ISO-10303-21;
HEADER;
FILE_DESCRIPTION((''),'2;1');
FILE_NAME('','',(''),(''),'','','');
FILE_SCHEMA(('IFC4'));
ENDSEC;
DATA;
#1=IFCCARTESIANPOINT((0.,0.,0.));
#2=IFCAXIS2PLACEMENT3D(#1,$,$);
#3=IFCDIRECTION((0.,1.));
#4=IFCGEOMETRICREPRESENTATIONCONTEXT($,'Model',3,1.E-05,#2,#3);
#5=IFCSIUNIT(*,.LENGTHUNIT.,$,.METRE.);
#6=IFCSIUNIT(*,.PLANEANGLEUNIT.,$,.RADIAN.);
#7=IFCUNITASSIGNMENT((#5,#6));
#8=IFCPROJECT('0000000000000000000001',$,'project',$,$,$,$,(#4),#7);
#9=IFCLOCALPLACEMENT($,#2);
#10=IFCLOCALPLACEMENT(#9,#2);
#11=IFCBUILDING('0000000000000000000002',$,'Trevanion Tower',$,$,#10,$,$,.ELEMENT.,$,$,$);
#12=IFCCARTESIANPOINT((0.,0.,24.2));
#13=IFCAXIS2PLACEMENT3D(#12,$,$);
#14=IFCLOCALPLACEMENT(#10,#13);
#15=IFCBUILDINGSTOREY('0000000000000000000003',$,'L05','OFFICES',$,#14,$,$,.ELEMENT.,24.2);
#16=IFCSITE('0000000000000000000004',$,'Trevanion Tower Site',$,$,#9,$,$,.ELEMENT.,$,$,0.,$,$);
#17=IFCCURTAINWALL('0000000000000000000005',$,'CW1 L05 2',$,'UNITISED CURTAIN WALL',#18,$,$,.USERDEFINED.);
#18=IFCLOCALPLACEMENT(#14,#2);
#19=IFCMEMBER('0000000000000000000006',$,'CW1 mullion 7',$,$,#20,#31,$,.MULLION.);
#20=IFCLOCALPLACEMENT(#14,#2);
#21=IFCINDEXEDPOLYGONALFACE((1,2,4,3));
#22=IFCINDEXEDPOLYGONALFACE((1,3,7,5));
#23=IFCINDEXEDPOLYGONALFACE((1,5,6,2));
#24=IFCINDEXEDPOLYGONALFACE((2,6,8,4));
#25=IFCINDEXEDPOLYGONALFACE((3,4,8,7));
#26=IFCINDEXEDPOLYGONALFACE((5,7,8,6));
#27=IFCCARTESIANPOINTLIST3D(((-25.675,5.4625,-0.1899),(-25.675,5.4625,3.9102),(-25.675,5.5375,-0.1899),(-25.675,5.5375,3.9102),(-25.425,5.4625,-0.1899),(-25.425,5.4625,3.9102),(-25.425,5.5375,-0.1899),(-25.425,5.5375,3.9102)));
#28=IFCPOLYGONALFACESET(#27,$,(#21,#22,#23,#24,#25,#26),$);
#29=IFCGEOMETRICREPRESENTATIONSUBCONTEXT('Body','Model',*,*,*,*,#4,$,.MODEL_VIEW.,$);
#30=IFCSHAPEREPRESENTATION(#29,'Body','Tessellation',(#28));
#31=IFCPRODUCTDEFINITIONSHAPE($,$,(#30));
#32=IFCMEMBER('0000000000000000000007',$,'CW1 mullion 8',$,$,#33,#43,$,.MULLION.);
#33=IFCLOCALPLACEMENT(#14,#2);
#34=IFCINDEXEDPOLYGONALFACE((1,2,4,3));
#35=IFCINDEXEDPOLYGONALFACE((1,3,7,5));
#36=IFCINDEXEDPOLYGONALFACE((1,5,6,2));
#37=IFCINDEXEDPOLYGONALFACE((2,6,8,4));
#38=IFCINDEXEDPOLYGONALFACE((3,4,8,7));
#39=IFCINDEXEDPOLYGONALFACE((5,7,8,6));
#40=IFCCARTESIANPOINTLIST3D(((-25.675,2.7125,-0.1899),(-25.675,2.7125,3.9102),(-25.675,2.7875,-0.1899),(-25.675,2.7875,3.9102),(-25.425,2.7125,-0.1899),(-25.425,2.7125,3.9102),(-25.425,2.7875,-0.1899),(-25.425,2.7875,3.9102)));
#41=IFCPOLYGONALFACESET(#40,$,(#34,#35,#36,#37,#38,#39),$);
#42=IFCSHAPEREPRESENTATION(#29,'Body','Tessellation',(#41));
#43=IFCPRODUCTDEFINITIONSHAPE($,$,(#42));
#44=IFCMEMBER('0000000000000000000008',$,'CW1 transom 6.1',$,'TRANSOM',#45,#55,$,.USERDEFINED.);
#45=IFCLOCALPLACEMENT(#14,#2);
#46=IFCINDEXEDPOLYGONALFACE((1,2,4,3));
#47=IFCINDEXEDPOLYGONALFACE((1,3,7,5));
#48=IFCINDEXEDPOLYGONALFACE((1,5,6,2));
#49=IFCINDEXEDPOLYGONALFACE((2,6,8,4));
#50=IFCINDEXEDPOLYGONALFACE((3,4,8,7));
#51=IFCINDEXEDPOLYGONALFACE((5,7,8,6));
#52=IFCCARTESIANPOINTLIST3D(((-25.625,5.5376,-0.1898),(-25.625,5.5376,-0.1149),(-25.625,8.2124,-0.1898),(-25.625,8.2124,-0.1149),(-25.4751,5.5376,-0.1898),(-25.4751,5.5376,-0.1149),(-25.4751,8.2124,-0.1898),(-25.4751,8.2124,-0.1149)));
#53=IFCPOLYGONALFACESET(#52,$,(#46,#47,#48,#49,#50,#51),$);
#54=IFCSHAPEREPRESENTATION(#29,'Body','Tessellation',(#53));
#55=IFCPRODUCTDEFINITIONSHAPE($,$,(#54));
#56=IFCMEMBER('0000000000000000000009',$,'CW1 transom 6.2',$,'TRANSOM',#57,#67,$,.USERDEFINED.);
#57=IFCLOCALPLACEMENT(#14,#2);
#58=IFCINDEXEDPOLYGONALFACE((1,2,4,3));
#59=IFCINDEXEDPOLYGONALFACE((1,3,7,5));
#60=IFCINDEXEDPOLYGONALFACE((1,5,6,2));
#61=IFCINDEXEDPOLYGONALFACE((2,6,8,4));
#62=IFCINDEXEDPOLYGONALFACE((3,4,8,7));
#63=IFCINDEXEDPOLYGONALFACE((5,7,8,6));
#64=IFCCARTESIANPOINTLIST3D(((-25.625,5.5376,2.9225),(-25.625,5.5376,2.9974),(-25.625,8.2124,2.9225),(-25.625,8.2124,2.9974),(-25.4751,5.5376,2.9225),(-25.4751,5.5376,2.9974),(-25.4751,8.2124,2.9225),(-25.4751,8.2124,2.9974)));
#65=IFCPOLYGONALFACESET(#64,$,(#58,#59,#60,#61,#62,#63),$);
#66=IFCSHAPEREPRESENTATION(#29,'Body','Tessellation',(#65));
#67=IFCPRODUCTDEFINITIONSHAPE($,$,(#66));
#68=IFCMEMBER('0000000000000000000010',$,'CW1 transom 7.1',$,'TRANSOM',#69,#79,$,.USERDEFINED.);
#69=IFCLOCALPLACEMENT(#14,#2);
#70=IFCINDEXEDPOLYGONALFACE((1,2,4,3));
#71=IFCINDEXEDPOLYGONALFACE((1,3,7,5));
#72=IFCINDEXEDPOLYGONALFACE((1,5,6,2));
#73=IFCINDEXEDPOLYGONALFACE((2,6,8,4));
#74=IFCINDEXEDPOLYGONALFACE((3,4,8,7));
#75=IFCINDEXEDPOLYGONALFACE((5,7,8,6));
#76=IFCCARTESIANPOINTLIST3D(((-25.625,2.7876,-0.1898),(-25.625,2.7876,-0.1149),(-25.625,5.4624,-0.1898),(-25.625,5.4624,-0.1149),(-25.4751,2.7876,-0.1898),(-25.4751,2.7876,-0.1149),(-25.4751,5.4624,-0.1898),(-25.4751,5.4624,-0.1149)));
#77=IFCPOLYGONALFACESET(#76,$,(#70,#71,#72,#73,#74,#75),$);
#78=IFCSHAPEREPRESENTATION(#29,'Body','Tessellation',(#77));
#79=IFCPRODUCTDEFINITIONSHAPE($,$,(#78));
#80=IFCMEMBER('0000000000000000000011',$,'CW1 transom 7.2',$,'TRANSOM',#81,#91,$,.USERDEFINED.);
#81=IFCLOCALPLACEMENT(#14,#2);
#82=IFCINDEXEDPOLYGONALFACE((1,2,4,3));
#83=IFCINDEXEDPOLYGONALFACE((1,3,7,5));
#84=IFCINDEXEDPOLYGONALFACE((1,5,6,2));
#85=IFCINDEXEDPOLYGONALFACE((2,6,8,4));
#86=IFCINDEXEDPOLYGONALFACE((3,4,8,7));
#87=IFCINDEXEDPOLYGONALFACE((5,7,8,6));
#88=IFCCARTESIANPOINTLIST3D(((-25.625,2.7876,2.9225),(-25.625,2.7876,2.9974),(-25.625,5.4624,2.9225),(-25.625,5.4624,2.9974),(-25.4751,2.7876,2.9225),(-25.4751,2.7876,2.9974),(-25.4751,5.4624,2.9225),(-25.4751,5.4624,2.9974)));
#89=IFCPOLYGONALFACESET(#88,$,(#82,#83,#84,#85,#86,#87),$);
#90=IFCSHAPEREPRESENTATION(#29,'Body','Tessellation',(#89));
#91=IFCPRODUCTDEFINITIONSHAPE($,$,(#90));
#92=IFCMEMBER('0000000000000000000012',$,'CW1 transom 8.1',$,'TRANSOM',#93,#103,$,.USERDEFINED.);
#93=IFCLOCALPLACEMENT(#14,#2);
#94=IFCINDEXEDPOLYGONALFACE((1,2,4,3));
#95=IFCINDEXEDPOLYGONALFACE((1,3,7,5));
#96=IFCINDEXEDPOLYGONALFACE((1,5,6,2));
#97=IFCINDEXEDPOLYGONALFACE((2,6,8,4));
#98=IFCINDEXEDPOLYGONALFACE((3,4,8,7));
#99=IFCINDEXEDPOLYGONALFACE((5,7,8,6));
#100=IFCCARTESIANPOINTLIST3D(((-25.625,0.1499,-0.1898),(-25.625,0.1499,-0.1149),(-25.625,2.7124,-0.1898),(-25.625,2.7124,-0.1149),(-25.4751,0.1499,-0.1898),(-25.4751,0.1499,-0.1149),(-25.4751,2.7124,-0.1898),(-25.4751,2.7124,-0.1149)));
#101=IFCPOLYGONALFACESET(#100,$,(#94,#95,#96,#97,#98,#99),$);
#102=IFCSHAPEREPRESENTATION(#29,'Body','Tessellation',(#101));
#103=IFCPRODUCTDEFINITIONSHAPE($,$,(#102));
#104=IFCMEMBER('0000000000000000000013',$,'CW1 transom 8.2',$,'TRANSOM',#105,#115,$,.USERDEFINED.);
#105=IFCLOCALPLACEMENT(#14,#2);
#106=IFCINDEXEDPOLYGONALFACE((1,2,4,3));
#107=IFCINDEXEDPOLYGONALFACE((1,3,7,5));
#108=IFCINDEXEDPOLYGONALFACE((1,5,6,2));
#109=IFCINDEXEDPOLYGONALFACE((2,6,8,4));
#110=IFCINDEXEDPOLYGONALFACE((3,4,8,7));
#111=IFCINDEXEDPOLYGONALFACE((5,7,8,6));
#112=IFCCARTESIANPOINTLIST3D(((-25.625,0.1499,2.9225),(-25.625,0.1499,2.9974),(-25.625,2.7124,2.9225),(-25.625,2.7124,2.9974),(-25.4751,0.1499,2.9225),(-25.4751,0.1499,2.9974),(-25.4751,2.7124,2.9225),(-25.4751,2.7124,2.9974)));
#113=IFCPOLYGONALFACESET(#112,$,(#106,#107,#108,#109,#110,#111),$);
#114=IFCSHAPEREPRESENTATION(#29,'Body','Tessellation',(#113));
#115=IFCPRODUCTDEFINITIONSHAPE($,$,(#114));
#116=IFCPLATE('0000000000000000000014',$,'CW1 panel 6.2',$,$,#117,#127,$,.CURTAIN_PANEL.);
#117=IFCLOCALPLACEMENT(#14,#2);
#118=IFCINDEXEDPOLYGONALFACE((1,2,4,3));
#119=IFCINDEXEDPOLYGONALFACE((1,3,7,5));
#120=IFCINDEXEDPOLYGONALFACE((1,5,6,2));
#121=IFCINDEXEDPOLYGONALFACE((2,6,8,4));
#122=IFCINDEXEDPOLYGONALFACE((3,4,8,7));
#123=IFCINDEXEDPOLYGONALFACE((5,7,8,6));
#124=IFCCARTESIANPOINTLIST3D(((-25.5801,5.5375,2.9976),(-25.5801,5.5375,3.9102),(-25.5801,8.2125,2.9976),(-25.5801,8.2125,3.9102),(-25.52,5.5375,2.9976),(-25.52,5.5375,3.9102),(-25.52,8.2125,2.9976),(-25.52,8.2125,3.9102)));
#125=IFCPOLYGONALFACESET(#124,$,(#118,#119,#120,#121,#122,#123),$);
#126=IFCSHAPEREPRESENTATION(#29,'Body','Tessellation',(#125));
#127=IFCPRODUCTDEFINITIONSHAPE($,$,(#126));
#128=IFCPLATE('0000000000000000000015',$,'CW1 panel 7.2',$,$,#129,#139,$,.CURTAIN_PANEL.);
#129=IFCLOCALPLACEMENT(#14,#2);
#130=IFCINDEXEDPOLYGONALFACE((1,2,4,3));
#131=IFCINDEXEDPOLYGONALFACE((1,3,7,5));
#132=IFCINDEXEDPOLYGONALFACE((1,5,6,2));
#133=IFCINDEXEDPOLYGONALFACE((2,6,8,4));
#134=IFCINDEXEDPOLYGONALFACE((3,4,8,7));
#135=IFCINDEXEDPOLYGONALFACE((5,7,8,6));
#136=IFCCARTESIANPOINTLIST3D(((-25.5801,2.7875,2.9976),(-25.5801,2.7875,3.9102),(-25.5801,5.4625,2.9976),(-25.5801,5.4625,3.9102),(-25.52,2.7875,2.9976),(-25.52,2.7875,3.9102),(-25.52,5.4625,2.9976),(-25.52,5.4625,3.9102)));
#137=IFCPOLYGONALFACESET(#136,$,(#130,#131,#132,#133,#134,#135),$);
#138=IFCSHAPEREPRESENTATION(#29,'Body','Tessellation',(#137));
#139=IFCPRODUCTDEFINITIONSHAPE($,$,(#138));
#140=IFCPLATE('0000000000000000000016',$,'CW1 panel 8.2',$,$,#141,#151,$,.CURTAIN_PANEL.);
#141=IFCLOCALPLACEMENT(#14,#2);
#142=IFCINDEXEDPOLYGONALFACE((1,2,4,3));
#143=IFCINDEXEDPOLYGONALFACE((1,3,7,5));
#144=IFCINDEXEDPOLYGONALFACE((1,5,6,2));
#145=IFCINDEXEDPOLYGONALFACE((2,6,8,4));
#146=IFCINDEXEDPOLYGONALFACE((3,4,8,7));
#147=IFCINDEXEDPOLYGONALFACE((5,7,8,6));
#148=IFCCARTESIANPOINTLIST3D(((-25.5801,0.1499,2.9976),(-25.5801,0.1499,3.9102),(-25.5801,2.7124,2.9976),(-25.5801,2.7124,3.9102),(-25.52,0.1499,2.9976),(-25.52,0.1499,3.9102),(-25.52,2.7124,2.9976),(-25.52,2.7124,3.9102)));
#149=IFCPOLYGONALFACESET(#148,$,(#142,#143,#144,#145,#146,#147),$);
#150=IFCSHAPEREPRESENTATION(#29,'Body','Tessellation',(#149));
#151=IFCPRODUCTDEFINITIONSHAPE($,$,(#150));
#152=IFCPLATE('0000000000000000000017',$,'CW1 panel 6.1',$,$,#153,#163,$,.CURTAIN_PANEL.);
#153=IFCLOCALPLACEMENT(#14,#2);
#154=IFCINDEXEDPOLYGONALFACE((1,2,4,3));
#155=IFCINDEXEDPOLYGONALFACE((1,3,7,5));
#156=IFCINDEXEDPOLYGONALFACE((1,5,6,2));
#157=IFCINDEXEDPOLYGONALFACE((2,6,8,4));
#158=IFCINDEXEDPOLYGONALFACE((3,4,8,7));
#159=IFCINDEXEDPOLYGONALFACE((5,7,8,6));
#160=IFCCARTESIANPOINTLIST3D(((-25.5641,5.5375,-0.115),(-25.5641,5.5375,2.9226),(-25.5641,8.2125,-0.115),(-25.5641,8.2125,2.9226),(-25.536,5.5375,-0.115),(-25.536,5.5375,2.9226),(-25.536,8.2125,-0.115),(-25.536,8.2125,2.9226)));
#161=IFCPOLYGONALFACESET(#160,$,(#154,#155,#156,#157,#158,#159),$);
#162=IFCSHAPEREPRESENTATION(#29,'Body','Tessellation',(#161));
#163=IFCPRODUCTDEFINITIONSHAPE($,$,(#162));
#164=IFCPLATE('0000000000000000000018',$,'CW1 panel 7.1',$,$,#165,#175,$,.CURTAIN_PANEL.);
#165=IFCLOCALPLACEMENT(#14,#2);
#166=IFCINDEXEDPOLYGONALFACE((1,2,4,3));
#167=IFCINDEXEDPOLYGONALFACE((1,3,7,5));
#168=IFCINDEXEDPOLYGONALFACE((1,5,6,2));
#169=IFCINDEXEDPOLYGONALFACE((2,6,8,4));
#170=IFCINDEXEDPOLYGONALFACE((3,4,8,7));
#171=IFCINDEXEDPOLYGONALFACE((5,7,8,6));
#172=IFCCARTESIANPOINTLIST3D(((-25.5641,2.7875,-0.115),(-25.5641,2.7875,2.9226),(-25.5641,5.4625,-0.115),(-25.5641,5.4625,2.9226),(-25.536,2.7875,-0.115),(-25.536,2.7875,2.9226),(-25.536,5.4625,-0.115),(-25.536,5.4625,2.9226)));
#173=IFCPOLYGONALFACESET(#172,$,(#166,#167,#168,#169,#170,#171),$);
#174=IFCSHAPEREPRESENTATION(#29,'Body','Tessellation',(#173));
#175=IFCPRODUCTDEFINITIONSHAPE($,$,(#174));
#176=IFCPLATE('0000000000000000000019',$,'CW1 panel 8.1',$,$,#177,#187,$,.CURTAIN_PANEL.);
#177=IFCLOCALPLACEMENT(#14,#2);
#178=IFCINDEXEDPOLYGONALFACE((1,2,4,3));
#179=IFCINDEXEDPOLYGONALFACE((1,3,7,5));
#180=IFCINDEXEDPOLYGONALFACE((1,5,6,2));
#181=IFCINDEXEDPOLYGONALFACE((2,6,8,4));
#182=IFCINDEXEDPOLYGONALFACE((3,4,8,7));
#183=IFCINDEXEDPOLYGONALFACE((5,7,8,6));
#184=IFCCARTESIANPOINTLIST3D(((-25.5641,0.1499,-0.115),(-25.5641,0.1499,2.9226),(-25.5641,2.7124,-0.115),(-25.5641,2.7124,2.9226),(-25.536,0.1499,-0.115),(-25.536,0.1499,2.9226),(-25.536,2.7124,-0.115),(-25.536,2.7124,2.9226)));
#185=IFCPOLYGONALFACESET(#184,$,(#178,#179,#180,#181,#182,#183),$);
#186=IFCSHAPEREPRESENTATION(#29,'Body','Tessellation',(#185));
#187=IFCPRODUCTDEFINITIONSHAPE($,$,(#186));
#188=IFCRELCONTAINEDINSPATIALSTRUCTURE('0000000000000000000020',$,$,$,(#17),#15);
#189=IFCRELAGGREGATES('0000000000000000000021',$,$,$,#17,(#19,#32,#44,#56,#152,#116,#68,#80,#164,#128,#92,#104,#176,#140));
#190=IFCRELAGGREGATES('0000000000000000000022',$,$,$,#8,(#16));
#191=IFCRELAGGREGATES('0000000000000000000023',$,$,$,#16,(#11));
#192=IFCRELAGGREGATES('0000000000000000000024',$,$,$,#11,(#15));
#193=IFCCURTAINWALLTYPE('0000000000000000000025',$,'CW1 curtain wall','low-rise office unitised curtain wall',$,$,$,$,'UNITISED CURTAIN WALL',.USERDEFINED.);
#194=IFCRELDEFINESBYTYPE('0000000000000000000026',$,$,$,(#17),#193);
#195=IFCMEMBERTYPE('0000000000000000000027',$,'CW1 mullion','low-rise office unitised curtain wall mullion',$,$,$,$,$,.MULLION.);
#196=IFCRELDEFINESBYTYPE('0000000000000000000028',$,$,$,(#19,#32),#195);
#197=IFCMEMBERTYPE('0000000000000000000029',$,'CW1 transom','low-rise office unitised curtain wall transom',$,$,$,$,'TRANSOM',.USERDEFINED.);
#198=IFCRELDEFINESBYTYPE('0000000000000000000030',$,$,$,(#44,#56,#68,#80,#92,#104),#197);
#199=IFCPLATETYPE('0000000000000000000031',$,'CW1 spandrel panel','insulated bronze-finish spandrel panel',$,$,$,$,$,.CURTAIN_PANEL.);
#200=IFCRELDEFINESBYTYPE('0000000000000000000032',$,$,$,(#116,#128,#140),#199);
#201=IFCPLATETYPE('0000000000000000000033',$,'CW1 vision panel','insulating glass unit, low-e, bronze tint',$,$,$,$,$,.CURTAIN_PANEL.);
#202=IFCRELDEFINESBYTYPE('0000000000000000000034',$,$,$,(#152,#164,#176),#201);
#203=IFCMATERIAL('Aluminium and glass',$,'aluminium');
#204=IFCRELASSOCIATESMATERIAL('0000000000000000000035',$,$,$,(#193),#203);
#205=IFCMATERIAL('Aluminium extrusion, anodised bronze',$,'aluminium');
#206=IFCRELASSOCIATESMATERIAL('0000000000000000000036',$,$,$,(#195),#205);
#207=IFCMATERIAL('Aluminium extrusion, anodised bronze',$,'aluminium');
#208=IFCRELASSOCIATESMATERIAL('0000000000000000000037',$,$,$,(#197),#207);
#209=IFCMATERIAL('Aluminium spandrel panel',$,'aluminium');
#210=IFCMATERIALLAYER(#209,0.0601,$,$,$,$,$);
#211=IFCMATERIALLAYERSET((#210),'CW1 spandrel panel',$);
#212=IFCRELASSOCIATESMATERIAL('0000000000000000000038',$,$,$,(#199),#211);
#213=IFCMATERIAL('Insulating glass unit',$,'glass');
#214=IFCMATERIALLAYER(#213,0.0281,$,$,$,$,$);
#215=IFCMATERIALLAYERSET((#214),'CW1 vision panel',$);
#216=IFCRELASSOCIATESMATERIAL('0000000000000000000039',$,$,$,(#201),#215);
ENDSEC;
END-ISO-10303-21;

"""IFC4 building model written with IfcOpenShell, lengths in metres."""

from ifc_helpers import new_model, si_unit, direction, frame, origin, origin_2d, place, context, subcontext, project, spatial, rectangle, extrude, material, layer, layer_set, material_profile, profile_set, type_object, element, aggregate, save


model = new_model("IFC4")

# Units and contexts
model_context = context("Model", 3, precision=1e-05, world=origin(), true_north=direction((0.0, 1.0)))
body_context = subcontext(model_context, "Body", "Model", "MODEL_VIEW")
ifc_project = project(units=[si_unit("LENGTHUNIT", "METRE"), si_unit("PLANEANGLEUNIT", "RADIAN")], contexts=[model_context])

# Site, building, storey
site_placement = place(None, origin())
site = spatial("IfcSite", under=ifc_project, at=site_placement, Name="Trevanion Tower Site", CompositionType="ELEMENT", RefElevation=0.0)
building_placement = place(site_placement, origin())
building = spatial("IfcBuilding", under=site, at=building_placement, Name="Trevanion Tower", CompositionType="ELEMENT")
storey_placement = place(building_placement, frame((0.0, 0.0, 24.2)))
storey = spatial("IfcBuildingStorey", under=building, at=storey_placement, Name="L05", Description="OFFICES", CompositionType="ELEMENT", Elevation=24.2)

# Curtain wall, members, plates
ifc_material_1 = material(Name="Aluminium and glass", Category="aluminium")
curtain_wall_type = type_object("IfcCurtainWallType", Name="CW1 curtain wall", Description="low-rise office unitised curtain wall", ElementType="UNITISED CURTAIN WALL", PredefinedType="USERDEFINED", material=ifc_material_1)
curtain_wall_placement = place(storey_placement, origin())
curtain_wall = element("IfcCurtainWall", 1, at=curtain_wall_placement, inside=storey, type_object=curtain_wall_type, Name="CW1 L05 2", ObjectType="UNITISED CURTAIN WALL", PredefinedType="USERDEFINED")
ifc_material_2 = material(Name="Aluminium extrusion, anodised bronze", Category="aluminium")
ifc_material_profile_1 = material_profile(ifc_material_2, rectangle(XDim=0.075, YDim=0.25, at=origin_2d()), Name="CW1 mullion")
ifc_profile_set_1 = profile_set([ifc_material_profile_1], Name="Aluminium extrusion, anodised bronze")
member_type_1 = type_object("IfcMemberType", Name="CW1 mullion", Description="low-rise office unitised curtain wall mullion", PredefinedType="MULLION", material=ifc_profile_set_1)
member_1_placement = place(storey_placement, frame((-25.55, 5.5, -0.1899), z_axis=(0.0, 0.0, 1.0), x_axis=(0.0, -1.0, 0.0)))
member_1 = element("IfcMember", 2, at=member_1_placement, type_object=member_type_1, Name="CW1 mullion 7", PredefinedType="MULLION", context=body_context, shape_type="SweptSolid", body=[
    extrude(rectangle(XDim=0.075, YDim=0.25, at=origin_2d()), origin(), (0.0, 0.0, 1.0), 4.1001),
])
member_2_placement = place(storey_placement, frame((-25.55, 2.75, -0.1899), z_axis=(0.0, 0.0, 1.0), x_axis=(0.0, -1.0, 0.0)))
member_2 = element("IfcMember", 3, at=member_2_placement, type_object=member_type_1, Name="CW1 mullion 8", PredefinedType="MULLION", context=body_context, shape_type="SweptSolid", body=[
    extrude(rectangle(XDim=0.075, YDim=0.25, at=origin_2d()), origin(), (0.0, 0.0, 1.0), 4.1001),
])
ifc_material_3 = material(Name="Aluminium extrusion, anodised bronze", Category="aluminium")
ifc_material_profile_2 = material_profile(ifc_material_3, rectangle(XDim=0.1499, YDim=0.075, at=origin_2d()), Name="CW1 transom")
ifc_profile_set_2 = profile_set([ifc_material_profile_2], Name="Aluminium extrusion, anodised bronze")
member_type_2 = type_object("IfcMemberType", Name="CW1 transom", Description="low-rise office unitised curtain wall transom", ElementType="TRANSOM", PredefinedType="USERDEFINED", material=ifc_profile_set_2)
member_3_placement = place(storey_placement, frame((-25.55, 8.2124, -0.1523), z_axis=(0.0, -1.0, 0.0), x_axis=(1.0, 0.0, 0.0)))
member_3 = element("IfcMember", 4, at=member_3_placement, type_object=member_type_2, Name="CW1 transom 6.1", ObjectType="TRANSOM", PredefinedType="USERDEFINED", context=body_context, shape_type="SweptSolid", body=[
    extrude(rectangle(XDim=0.1499, YDim=0.075, at=origin_2d()), origin(), (0.0, 0.0, 1.0), 2.6748),
])
member_4_placement = place(storey_placement, frame((-25.55, 8.2124, 2.96), z_axis=(0.0, -1.0, 0.0), x_axis=(1.0, 0.0, 0.0)))
member_4 = element("IfcMember", 5, at=member_4_placement, type_object=member_type_2, Name="CW1 transom 6.2", ObjectType="TRANSOM", PredefinedType="USERDEFINED", context=body_context, shape_type="SweptSolid", body=[
    extrude(rectangle(XDim=0.1499, YDim=0.075, at=origin_2d()), origin(), (0.0, 0.0, 1.0), 2.6748),
])
member_5_placement = place(storey_placement, frame((-25.55, 5.4624, -0.1523), z_axis=(0.0, -1.0, 0.0), x_axis=(1.0, 0.0, 0.0)))
member_5 = element("IfcMember", 6, at=member_5_placement, type_object=member_type_2, Name="CW1 transom 7.1", ObjectType="TRANSOM", PredefinedType="USERDEFINED", context=body_context, shape_type="SweptSolid", body=[
    extrude(rectangle(XDim=0.1499, YDim=0.075, at=origin_2d()), origin(), (0.0, 0.0, 1.0), 2.6748),
])
member_6_placement = place(storey_placement, frame((-25.55, 5.4624, 2.96), z_axis=(0.0, -1.0, 0.0), x_axis=(1.0, 0.0, 0.0)))
member_6 = element("IfcMember", 7, at=member_6_placement, type_object=member_type_2, Name="CW1 transom 7.2", ObjectType="TRANSOM", PredefinedType="USERDEFINED", context=body_context, shape_type="SweptSolid", body=[
    extrude(rectangle(XDim=0.1499, YDim=0.075, at=origin_2d()), origin(), (0.0, 0.0, 1.0), 2.6748),
])
member_7_placement = place(storey_placement, frame((-25.55, 2.7124, -0.1523), z_axis=(0.0, -1.0, 0.0), x_axis=(1.0, 0.0, 0.0)))
member_7 = element("IfcMember", 8, at=member_7_placement, type_object=member_type_2, Name="CW1 transom 8.1", ObjectType="TRANSOM", PredefinedType="USERDEFINED", context=body_context, shape_type="SweptSolid", body=[
    extrude(rectangle(XDim=0.1499, YDim=0.075, at=origin_2d()), origin(), (0.0, 0.0, 1.0), 2.5625),
])
member_8_placement = place(storey_placement, frame((-25.55, 2.7124, 2.96), z_axis=(0.0, -1.0, 0.0), x_axis=(1.0, 0.0, 0.0)))
member_8 = element("IfcMember", 9, at=member_8_placement, type_object=member_type_2, Name="CW1 transom 8.2", ObjectType="TRANSOM", PredefinedType="USERDEFINED", context=body_context, shape_type="SweptSolid", body=[
    extrude(rectangle(XDim=0.1499, YDim=0.075, at=origin_2d()), origin(), (0.0, 0.0, 1.0), 2.5625),
])
ifc_material_4 = material(Name="Aluminium spandrel panel", Category="aluminium")
ifc_layer_1 = layer(ifc_material_4, 0.0601)
ifc_layer_set_1 = layer_set([ifc_layer_1], Name="CW1 spandrel panel")
plate_type_1 = type_object("IfcPlateType", Name="CW1 spandrel panel", Description="insulated bronze-finish spandrel panel", PredefinedType="CURTAIN_PANEL", material=ifc_layer_set_1)
plate_1_placement = place(storey_placement, frame((-25.55, 6.875, 2.9976), z_axis=(0.0, 0.0, 1.0), x_axis=(0.0, -1.0, 0.0)))
plate_1 = element("IfcPlate", 10, at=plate_1_placement, type_object=plate_type_1, Name="CW1 panel 6.2", PredefinedType="CURTAIN_PANEL", context=body_context, shape_type="SweptSolid", body=[
    extrude(rectangle(XDim=2.675, YDim=0.0601, at=origin_2d()), origin(), (0.0, 0.0, 1.0), 0.9126),
])
plate_2_placement = place(storey_placement, frame((-25.55, 4.125, 2.9976), z_axis=(0.0, 0.0, 1.0), x_axis=(0.0, -1.0, 0.0)))
plate_2 = element("IfcPlate", 11, at=plate_2_placement, type_object=plate_type_1, Name="CW1 panel 7.2", PredefinedType="CURTAIN_PANEL", context=body_context, shape_type="SweptSolid", body=[
    extrude(rectangle(XDim=2.675, YDim=0.0601, at=origin_2d()), origin(), (0.0, 0.0, 1.0), 0.9126),
])
plate_3_placement = place(storey_placement, frame((-25.55, 1.4312, 2.9976), z_axis=(0.0, 0.0, 1.0), x_axis=(0.0, -1.0, 0.0)))
plate_3 = element("IfcPlate", 12, at=plate_3_placement, type_object=plate_type_1, Name="CW1 panel 8.2", PredefinedType="CURTAIN_PANEL", context=body_context, shape_type="SweptSolid", body=[
    extrude(rectangle(XDim=2.5625, YDim=0.0601, at=origin_2d()), origin(), (0.0, 0.0, 1.0), 0.9126),
])
ifc_material_5 = material(Name="Insulating glass unit", Category="glass")
ifc_layer_2 = layer(ifc_material_5, 0.0281)
ifc_layer_set_2 = layer_set([ifc_layer_2], Name="CW1 vision panel")
plate_type_2 = type_object("IfcPlateType", Name="CW1 vision panel", Description="insulating glass unit, low-e, bronze tint", PredefinedType="CURTAIN_PANEL", material=ifc_layer_set_2)
plate_4_placement = place(storey_placement, frame((-25.55, 6.875, -0.115), z_axis=(0.0, 0.0, 1.0), x_axis=(0.0, -1.0, 0.0)))
plate_4 = element("IfcPlate", 13, at=plate_4_placement, type_object=plate_type_2, Name="CW1 panel 6.1", PredefinedType="CURTAIN_PANEL", context=body_context, shape_type="SweptSolid", body=[
    extrude(rectangle(XDim=2.675, YDim=0.0281, at=origin_2d()), origin(), (0.0, 0.0, 1.0), 3.0376),
])
plate_5_placement = place(storey_placement, frame((-25.55, 4.125, -0.115), z_axis=(0.0, 0.0, 1.0), x_axis=(0.0, -1.0, 0.0)))
plate_5 = element("IfcPlate", 14, at=plate_5_placement, type_object=plate_type_2, Name="CW1 panel 7.1", PredefinedType="CURTAIN_PANEL", context=body_context, shape_type="SweptSolid", body=[
    extrude(rectangle(XDim=2.675, YDim=0.0281, at=origin_2d()), origin(), (0.0, 0.0, 1.0), 3.0376),
])
plate_6_placement = place(storey_placement, frame((-25.55, 1.4312, -0.115), z_axis=(0.0, 0.0, 1.0), x_axis=(0.0, -1.0, 0.0)))
plate_6 = element("IfcPlate", 15, at=plate_6_placement, type_object=plate_type_2, Name="CW1 panel 8.1", PredefinedType="CURTAIN_PANEL", context=body_context, shape_type="SweptSolid", body=[
    extrude(rectangle(XDim=2.5625, YDim=0.0281, at=origin_2d()), origin(), (0.0, 0.0, 1.0), 3.0376),
])
aggregate(curtain_wall, [member_1, member_2, member_3, member_4, plate_4, plate_1, member_5, member_6, plate_5, plate_2, member_7, member_8, plate_6, plate_3])

save(model, "model.ifc")
